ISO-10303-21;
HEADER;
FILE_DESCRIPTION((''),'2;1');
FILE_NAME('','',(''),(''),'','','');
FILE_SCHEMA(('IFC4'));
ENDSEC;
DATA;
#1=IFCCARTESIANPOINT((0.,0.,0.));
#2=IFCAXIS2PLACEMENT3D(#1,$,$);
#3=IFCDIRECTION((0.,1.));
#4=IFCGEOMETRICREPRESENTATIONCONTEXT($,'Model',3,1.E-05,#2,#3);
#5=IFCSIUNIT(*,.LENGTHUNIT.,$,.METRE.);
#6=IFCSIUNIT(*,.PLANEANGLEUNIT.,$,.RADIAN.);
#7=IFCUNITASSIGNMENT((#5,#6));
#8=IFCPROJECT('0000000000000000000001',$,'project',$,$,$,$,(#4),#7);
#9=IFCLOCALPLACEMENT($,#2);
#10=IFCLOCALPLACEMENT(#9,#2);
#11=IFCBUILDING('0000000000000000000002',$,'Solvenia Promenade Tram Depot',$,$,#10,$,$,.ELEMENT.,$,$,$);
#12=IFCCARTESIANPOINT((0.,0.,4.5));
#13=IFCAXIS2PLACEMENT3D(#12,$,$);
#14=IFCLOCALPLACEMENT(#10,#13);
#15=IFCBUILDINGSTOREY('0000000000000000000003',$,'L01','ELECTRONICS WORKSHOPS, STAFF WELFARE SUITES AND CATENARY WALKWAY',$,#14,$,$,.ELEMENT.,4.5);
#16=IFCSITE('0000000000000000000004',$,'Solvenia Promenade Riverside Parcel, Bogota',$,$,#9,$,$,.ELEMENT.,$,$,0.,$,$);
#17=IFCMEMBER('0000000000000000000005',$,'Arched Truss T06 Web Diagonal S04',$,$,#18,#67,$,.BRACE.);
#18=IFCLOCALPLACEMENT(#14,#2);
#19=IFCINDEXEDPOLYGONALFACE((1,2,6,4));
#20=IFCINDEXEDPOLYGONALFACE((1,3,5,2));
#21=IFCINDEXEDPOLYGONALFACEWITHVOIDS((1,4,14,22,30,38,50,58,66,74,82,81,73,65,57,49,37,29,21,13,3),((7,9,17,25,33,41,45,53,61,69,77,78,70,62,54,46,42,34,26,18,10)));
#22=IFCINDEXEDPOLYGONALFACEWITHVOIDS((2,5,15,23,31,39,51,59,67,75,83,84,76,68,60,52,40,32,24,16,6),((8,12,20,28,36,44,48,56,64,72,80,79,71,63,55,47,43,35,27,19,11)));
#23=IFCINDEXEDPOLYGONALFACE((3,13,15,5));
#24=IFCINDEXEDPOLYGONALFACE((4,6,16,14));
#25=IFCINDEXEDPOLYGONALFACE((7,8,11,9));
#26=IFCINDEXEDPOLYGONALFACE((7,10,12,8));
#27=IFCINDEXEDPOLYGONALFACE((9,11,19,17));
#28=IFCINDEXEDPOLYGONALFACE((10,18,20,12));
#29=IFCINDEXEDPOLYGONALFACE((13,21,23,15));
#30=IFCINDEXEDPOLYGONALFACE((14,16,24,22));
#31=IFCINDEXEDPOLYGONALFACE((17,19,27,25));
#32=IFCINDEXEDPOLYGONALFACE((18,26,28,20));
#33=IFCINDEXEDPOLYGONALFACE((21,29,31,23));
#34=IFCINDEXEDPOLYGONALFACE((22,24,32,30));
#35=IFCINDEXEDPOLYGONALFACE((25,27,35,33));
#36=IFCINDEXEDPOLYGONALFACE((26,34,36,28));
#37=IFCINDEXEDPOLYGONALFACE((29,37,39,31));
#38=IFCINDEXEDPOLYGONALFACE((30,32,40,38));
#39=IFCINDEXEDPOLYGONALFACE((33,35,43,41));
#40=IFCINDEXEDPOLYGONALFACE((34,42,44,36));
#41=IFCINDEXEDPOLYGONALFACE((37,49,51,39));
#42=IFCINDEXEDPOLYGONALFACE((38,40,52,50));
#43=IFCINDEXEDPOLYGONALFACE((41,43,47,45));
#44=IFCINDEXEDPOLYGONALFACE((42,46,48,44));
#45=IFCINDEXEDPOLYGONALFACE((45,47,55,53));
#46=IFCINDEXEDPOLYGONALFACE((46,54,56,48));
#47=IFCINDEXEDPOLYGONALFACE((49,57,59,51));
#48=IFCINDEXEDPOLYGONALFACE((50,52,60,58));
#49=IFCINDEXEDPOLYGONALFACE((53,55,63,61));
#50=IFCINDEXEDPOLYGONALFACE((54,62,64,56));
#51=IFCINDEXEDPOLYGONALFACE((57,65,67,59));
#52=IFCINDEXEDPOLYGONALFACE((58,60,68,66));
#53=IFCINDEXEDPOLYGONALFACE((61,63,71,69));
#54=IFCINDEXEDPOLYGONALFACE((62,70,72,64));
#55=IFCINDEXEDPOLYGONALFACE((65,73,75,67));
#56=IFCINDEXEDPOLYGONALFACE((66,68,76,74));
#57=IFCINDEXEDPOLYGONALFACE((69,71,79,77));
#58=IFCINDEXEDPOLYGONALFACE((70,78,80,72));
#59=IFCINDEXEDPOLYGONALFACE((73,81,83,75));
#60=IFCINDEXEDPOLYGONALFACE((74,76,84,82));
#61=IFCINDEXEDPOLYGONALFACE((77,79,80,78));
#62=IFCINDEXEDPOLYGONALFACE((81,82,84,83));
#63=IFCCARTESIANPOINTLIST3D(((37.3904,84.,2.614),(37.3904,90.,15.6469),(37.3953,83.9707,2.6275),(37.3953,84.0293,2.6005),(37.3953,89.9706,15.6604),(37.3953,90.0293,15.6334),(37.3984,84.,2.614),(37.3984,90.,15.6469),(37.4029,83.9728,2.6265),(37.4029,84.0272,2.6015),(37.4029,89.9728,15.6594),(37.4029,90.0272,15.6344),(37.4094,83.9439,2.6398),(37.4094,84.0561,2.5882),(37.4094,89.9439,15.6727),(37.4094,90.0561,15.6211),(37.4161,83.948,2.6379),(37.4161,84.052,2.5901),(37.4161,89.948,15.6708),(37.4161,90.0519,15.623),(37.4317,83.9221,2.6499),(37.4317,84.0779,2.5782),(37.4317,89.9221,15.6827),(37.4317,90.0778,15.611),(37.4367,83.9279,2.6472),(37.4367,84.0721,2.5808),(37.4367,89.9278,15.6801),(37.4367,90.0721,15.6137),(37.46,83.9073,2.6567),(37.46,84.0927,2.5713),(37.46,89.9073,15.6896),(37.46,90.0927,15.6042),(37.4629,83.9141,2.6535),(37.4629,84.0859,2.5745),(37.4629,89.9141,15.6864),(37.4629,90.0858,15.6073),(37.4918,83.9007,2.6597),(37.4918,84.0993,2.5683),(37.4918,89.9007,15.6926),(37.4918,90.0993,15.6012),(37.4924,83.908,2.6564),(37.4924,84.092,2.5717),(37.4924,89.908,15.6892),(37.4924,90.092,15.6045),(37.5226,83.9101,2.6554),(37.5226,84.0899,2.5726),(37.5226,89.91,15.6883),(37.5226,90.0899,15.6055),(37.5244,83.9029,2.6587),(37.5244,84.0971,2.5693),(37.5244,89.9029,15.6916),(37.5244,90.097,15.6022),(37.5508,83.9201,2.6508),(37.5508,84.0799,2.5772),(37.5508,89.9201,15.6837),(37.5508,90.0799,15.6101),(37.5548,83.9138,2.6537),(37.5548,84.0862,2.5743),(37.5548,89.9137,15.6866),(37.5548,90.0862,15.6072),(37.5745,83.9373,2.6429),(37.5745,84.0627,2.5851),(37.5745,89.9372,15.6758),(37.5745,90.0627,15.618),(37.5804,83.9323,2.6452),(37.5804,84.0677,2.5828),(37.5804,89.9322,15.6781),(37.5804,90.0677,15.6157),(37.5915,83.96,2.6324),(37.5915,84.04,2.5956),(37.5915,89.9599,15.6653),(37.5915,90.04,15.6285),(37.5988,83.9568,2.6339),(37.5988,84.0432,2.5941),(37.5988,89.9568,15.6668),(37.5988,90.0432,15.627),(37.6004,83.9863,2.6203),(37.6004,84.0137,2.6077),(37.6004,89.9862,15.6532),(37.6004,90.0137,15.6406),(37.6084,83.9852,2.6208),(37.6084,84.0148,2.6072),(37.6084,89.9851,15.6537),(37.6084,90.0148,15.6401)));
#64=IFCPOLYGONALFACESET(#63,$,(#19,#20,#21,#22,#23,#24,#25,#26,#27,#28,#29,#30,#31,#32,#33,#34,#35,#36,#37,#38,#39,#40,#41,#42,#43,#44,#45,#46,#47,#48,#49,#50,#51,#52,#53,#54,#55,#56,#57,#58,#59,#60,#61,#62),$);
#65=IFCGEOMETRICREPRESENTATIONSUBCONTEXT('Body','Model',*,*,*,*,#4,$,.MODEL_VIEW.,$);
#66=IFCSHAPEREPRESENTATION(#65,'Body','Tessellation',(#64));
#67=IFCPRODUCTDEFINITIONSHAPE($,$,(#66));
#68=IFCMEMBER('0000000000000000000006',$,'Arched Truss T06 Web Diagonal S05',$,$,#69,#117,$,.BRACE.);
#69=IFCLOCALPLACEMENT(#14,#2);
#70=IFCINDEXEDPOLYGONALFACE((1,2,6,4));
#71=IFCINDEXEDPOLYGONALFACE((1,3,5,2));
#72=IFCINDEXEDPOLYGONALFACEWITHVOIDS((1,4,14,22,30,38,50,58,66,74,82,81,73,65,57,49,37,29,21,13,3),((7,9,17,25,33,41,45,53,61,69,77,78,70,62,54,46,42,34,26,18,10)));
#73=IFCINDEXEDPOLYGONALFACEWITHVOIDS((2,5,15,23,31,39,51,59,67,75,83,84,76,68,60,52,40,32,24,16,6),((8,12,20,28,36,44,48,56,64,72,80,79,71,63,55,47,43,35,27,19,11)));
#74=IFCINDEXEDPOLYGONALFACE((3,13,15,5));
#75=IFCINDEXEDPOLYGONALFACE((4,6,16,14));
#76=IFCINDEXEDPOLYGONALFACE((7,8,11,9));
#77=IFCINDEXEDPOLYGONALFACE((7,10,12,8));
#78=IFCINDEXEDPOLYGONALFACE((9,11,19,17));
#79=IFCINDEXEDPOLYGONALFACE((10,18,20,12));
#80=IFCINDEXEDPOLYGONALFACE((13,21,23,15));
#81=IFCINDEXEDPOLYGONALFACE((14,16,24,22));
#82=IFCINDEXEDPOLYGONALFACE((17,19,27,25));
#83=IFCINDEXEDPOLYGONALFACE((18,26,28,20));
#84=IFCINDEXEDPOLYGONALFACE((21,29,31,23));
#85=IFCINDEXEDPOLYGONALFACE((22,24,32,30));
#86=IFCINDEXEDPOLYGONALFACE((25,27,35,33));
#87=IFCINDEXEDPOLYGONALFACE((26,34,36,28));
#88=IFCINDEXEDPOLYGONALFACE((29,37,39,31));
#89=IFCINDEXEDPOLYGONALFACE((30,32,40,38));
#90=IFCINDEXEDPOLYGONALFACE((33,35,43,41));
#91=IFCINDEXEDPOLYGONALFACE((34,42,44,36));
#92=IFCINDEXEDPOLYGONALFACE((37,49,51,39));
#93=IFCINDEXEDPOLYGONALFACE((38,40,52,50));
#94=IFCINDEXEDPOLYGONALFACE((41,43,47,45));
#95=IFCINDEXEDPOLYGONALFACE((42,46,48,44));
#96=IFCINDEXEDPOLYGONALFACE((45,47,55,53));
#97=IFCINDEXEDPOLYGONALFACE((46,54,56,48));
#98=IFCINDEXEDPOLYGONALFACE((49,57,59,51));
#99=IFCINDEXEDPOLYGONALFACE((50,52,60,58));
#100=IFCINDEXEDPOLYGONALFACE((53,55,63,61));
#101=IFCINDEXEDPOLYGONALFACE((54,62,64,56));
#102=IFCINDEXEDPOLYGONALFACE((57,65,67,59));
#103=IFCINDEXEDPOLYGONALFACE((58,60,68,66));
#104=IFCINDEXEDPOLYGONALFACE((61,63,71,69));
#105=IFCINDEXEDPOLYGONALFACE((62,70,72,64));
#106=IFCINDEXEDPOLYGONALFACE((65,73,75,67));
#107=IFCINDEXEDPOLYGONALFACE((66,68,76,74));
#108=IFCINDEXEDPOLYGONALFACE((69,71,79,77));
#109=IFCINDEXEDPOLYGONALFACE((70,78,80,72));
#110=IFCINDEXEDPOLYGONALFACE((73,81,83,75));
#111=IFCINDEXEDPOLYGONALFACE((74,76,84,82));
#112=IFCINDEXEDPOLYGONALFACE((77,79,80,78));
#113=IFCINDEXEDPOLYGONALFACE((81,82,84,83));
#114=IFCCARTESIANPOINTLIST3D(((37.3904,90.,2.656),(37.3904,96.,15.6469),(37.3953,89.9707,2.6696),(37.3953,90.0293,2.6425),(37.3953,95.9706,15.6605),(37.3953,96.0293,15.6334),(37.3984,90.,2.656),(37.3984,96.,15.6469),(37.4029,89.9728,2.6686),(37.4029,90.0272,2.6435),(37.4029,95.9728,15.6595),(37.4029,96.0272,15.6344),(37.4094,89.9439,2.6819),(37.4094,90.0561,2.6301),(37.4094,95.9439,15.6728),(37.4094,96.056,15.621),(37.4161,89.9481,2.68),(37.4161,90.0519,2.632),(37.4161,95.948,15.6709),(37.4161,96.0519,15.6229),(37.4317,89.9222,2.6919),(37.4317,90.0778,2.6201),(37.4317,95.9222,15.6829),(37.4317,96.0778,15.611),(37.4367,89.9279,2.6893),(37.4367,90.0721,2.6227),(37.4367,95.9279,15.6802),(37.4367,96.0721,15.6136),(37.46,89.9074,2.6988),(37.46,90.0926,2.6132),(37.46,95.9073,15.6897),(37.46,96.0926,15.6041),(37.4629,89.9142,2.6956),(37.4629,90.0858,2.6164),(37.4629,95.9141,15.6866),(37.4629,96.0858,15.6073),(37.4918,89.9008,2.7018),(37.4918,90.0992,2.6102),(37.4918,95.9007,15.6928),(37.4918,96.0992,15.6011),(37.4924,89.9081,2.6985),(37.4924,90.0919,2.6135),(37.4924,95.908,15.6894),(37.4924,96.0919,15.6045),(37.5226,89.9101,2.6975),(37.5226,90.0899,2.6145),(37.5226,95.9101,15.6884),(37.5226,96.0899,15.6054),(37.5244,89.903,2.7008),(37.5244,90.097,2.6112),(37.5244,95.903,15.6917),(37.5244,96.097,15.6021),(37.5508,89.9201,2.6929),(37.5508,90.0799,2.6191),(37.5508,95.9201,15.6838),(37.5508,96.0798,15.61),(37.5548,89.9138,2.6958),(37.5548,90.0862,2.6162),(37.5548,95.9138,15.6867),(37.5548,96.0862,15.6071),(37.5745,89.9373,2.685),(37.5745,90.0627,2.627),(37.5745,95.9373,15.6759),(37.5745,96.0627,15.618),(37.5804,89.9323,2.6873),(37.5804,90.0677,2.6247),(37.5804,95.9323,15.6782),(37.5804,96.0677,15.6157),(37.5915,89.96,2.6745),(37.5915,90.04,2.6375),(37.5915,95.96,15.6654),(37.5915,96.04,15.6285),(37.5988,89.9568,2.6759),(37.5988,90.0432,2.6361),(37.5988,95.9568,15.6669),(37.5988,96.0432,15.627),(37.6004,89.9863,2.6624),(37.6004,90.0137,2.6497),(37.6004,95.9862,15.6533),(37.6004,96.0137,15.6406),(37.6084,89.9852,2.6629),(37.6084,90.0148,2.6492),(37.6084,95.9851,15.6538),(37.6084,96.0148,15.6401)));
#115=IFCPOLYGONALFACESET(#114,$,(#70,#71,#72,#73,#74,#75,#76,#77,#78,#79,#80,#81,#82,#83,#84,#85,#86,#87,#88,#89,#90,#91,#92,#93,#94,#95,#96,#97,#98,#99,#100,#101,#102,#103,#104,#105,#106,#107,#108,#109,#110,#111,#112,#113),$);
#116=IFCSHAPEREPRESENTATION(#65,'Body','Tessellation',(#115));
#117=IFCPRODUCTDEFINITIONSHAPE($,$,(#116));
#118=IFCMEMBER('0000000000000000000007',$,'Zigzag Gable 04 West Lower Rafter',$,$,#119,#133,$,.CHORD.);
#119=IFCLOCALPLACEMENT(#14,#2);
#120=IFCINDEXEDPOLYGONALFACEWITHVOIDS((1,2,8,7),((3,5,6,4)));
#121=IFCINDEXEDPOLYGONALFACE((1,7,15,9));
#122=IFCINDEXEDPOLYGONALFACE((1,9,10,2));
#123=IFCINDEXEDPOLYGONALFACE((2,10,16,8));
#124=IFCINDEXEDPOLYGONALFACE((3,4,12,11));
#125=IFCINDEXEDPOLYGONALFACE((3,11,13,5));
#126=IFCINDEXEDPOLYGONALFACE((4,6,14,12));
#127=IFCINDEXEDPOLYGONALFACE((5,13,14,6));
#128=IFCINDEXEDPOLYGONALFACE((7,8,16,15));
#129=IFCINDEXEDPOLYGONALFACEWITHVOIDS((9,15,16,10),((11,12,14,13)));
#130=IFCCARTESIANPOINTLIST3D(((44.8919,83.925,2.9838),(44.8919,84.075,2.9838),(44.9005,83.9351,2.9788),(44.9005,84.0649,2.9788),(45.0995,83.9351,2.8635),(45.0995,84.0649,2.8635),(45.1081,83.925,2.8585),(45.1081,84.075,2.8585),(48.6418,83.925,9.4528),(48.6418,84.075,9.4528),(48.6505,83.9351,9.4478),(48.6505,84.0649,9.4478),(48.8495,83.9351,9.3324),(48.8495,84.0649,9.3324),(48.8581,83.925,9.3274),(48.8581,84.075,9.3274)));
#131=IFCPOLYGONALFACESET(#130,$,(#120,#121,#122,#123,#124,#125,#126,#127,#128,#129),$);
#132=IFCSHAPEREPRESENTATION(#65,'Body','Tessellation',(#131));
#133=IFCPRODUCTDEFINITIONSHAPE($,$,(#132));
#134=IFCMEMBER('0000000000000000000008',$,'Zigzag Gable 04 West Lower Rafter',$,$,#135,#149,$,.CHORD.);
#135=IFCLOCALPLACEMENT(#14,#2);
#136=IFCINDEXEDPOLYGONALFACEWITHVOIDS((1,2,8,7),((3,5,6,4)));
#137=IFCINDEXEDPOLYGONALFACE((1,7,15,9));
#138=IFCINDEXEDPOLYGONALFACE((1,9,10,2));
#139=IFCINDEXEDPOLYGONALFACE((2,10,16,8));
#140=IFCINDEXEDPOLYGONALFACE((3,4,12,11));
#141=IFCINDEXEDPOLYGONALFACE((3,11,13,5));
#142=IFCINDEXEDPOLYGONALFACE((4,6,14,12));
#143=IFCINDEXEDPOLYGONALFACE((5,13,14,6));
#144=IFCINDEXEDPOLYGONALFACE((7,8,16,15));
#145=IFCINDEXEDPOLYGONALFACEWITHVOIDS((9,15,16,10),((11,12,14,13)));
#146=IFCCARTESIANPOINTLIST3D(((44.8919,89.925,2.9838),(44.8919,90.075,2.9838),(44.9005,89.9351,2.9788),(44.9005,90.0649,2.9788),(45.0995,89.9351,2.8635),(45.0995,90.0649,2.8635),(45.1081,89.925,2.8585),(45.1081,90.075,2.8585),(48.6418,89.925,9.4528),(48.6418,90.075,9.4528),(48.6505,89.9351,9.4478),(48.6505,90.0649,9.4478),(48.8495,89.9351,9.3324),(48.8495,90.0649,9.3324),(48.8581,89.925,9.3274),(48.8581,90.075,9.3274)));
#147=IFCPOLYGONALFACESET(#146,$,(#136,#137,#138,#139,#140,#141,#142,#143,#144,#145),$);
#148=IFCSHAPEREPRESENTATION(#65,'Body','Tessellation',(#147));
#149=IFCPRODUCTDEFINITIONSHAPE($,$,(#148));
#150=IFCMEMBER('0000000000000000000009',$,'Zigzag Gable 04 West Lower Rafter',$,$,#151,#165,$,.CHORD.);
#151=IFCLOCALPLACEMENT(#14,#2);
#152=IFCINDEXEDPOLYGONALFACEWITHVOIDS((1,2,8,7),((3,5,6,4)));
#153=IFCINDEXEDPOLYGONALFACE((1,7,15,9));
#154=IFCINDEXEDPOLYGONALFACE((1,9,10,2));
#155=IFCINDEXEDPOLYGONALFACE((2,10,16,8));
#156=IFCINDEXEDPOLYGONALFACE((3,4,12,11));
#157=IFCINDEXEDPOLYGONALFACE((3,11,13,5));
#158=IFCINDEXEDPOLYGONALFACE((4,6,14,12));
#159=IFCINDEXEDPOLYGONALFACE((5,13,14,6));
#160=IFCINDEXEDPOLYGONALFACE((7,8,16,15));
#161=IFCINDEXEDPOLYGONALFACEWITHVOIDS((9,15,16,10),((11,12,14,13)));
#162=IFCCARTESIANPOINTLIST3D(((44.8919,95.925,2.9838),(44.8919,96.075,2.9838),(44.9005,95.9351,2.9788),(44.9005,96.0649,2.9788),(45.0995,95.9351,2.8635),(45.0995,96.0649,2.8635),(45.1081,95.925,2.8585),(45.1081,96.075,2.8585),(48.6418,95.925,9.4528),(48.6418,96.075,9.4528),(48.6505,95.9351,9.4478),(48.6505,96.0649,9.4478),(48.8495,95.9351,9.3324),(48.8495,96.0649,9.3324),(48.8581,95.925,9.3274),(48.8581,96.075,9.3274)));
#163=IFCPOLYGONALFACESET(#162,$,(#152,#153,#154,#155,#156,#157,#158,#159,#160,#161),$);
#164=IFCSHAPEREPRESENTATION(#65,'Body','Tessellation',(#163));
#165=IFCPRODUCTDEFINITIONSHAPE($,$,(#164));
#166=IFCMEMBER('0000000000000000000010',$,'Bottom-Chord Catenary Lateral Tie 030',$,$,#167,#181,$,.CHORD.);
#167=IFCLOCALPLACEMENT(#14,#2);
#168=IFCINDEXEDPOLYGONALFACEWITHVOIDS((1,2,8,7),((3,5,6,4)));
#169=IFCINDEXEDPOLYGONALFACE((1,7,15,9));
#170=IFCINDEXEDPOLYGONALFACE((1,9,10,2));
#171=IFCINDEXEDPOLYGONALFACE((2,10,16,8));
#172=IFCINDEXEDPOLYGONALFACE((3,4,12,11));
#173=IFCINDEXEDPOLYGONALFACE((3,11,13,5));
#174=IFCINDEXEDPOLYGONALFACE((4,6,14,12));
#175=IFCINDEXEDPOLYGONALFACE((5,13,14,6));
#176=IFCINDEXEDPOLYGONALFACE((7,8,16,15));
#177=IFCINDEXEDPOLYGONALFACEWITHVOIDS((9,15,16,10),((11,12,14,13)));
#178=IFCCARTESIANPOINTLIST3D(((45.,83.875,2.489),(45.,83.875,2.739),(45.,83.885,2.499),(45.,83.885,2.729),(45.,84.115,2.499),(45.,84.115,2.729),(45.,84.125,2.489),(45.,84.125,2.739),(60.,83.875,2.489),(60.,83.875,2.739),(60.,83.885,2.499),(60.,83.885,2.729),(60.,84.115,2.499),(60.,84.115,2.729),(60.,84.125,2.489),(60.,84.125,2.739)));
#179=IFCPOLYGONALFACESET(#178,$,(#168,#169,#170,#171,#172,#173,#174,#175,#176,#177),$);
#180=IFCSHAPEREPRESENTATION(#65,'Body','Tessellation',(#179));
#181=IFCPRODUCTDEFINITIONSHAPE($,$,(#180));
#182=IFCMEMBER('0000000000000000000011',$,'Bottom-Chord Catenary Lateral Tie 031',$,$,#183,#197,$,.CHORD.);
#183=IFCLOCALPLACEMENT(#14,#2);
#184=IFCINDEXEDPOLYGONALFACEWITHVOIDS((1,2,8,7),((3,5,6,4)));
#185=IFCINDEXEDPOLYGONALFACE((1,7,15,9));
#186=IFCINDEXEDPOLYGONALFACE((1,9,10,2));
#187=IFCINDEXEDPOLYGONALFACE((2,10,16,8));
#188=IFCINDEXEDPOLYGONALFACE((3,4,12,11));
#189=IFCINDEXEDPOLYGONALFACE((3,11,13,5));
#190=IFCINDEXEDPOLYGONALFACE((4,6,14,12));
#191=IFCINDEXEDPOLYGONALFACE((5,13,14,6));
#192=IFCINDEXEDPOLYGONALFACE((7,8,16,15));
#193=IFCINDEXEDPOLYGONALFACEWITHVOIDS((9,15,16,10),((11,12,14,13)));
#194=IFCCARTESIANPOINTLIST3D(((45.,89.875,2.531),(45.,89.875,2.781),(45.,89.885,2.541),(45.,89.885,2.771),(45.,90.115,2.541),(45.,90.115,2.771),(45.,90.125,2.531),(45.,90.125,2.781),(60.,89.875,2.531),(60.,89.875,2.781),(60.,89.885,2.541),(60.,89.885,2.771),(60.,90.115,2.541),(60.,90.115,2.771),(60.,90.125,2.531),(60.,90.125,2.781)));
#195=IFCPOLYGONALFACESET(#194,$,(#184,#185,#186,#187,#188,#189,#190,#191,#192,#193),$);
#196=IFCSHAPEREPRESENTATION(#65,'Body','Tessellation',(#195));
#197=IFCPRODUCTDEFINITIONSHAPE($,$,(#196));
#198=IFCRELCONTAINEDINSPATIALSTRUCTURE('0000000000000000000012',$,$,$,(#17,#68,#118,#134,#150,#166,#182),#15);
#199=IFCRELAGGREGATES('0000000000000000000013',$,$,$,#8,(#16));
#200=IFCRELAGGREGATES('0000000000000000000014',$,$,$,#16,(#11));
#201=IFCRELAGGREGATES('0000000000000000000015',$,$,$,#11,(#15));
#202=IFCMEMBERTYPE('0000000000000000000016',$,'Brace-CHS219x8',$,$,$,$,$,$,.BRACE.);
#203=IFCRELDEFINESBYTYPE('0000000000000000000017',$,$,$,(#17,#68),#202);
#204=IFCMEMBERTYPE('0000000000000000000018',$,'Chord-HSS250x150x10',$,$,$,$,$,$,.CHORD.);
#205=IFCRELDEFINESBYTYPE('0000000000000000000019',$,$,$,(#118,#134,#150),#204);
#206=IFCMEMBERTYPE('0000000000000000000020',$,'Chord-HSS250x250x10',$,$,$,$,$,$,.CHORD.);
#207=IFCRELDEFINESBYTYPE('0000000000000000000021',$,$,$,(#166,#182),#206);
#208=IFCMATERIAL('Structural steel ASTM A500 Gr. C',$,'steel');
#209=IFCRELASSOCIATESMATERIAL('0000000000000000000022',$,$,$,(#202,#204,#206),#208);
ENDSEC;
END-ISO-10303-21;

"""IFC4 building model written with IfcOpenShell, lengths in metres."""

from ifc_helpers import new_model, si_unit, direction, frame, origin, origin_2d, place, context, subcontext, project, spatial, hollow_rectangle, hollow_circle, extrude, material, material_profile, profile_set, type_object, element, save


model = new_model("IFC4")

# Units and contexts
model_context = context("Model", 3, precision=1e-05, world=origin(), true_north=direction((0.0, 1.0)))
body_context = subcontext(model_context, "Body", "Model", "MODEL_VIEW")
ifc_project = project(units=[si_unit("LENGTHUNIT", "METRE"), si_unit("PLANEANGLEUNIT", "RADIAN")], contexts=[model_context])

# Site, building, storey
site_placement = place(None, origin())
site = spatial("IfcSite", under=ifc_project, at=site_placement, Name="Solvenia Promenade Riverside Parcel, Bogota", CompositionType="ELEMENT", RefElevation=0.0)
building_placement = place(site_placement, origin())
building = spatial("IfcBuilding", under=site, at=building_placement, Name="Solvenia Promenade Tram Depot", CompositionType="ELEMENT")
storey_placement = place(building_placement, frame((0.0, 0.0, 4.5)))
storey = spatial("IfcBuildingStorey", under=building, at=storey_placement, Name="L01", Description="ELECTRONICS WORKSHOPS, STAFF WELFARE SUITES AND CATENARY WALKWAY", CompositionType="ELEMENT", Elevation=4.5)

# Members
ifc_material = material(Name="Structural steel ASTM A500 Gr. C", Category="steel")
ifc_material_profile_1 = material_profile(ifc_material, hollow_circle(Radius=0.1096, WallThickness=0.0081, at=origin_2d()), Name="CHS219.1x8", Category="steel")
ifc_profile_set_1 = profile_set([ifc_material_profile_1], Name="Structural steel ASTM A500 Gr. C")
member_type_1 = type_object("IfcMemberType", Name="Brace-CHS219x8", PredefinedType="BRACE", material=ifc_profile_set_1)
member_1_placement = place(storey_placement, frame((37.5, 84.0, 2.614), z_axis=(0.0, 0.418184, 0.908362), x_axis=(-1.0, 0.0, 0.0)))
element("IfcMember", 1, at=member_1_placement, inside=storey, type_object=member_type_1, Name="Arched Truss T06 Web Diagonal S04", PredefinedType="BRACE", context=body_context, shape_type="SweptSolid", body=[
    extrude(hollow_circle(Radius=0.1096, WallThickness=0.0081, at=origin_2d()), origin(), (0.0, 0.0, 1.0), 14.3477),
])
member_2_placement = place(storey_placement, frame((37.5, 90.0, 2.656), z_axis=(0.0, 0.419298, 0.907848), x_axis=(-1.0, 0.0, 0.0)))
element("IfcMember", 2, at=member_2_placement, inside=storey, type_object=member_type_1, Name="Arched Truss T06 Web Diagonal S05", PredefinedType="BRACE", context=body_context, shape_type="SweptSolid", body=[
    extrude(hollow_circle(Radius=0.1096, WallThickness=0.0081, at=origin_2d()), origin(), (0.0, 0.0, 1.0), 14.3096),
])
ifc_material_profile_2 = material_profile(ifc_material, hollow_rectangle(XDim=0.1499, YDim=0.25, WallThickness=0.01, at=origin_2d()), Name="HSS250x150x10", Category="steel")
ifc_profile_set_2 = profile_set([ifc_material_profile_2], Name="Structural steel ASTM A500 Gr. C")
member_type_2 = type_object("IfcMemberType", Name="Chord-HSS250x150x10", PredefinedType="CHORD", material=ifc_profile_set_2)
for number, where, z_axis, x_axis, name in (
    (3, (45.0, 84.0, 2.9211), (0.501516, 0.0, 0.865148), (0.0, 1.0, 0.0), "Zigzag Gable 04 West Lower Rafter"),
    (4, (45.0, 90.0, 2.9211), (0.501516, 0.0, 0.865148), (0.0, 1.0, 0.0), "Zigzag Gable 04 West Lower Rafter"),
    (5, (45.0, 96.0, 2.9211), (0.501516, 0.0, 0.865148), (0.0, 1.0, 0.0), "Zigzag Gable 04 West Lower Rafter"),
):
    element("IfcMember", number, at=place(storey_placement, frame(where, z_axis=z_axis, x_axis=x_axis)), inside=storey, type_object=member_type_2, Name=name, PredefinedType="CHORD", context=body_context, shape_type="SweptSolid", body=[
        extrude(hollow_rectangle(XDim=0.1499, YDim=0.25, WallThickness=0.01, at=origin_2d()), origin(), (0.0, 0.0, 1.0), 7.4773),
    ])
ifc_material_profile_3 = material_profile(ifc_material, hollow_rectangle(XDim=0.25, YDim=0.25, WallThickness=0.01, at=origin_2d()), Name="HSS250x250x10", Category="steel")
ifc_profile_set_3 = profile_set([ifc_material_profile_3], Name="Structural steel ASTM A500 Gr. C")
member_type_3 = type_object("IfcMemberType", Name="Chord-HSS250x250x10", PredefinedType="CHORD", material=ifc_profile_set_3)
for number, where, z_axis, x_axis, name in (
    (6, (45.0, 84.0, 2.614), (1.0, 0.0, 0.0), (0.0, 1.0, 0.0), "Bottom-Chord Catenary Lateral Tie 030"),
    (7, (45.0, 90.0, 2.656), (1.0, 0.0, 0.0), (0.0, 1.0, 0.0), "Bottom-Chord Catenary Lateral Tie 031"),
):
    element("IfcMember", number, at=place(storey_placement, frame(where, z_axis=z_axis, x_axis=x_axis)), inside=storey, type_object=member_type_3, Name=name, PredefinedType="CHORD", context=body_context, shape_type="SweptSolid", body=[
        extrude(hollow_rectangle(XDim=0.25, YDim=0.25, WallThickness=0.01, at=origin_2d()), origin(), (0.0, 0.0, 1.0), 15.0),
    ])

save(model, "model.ifc")
